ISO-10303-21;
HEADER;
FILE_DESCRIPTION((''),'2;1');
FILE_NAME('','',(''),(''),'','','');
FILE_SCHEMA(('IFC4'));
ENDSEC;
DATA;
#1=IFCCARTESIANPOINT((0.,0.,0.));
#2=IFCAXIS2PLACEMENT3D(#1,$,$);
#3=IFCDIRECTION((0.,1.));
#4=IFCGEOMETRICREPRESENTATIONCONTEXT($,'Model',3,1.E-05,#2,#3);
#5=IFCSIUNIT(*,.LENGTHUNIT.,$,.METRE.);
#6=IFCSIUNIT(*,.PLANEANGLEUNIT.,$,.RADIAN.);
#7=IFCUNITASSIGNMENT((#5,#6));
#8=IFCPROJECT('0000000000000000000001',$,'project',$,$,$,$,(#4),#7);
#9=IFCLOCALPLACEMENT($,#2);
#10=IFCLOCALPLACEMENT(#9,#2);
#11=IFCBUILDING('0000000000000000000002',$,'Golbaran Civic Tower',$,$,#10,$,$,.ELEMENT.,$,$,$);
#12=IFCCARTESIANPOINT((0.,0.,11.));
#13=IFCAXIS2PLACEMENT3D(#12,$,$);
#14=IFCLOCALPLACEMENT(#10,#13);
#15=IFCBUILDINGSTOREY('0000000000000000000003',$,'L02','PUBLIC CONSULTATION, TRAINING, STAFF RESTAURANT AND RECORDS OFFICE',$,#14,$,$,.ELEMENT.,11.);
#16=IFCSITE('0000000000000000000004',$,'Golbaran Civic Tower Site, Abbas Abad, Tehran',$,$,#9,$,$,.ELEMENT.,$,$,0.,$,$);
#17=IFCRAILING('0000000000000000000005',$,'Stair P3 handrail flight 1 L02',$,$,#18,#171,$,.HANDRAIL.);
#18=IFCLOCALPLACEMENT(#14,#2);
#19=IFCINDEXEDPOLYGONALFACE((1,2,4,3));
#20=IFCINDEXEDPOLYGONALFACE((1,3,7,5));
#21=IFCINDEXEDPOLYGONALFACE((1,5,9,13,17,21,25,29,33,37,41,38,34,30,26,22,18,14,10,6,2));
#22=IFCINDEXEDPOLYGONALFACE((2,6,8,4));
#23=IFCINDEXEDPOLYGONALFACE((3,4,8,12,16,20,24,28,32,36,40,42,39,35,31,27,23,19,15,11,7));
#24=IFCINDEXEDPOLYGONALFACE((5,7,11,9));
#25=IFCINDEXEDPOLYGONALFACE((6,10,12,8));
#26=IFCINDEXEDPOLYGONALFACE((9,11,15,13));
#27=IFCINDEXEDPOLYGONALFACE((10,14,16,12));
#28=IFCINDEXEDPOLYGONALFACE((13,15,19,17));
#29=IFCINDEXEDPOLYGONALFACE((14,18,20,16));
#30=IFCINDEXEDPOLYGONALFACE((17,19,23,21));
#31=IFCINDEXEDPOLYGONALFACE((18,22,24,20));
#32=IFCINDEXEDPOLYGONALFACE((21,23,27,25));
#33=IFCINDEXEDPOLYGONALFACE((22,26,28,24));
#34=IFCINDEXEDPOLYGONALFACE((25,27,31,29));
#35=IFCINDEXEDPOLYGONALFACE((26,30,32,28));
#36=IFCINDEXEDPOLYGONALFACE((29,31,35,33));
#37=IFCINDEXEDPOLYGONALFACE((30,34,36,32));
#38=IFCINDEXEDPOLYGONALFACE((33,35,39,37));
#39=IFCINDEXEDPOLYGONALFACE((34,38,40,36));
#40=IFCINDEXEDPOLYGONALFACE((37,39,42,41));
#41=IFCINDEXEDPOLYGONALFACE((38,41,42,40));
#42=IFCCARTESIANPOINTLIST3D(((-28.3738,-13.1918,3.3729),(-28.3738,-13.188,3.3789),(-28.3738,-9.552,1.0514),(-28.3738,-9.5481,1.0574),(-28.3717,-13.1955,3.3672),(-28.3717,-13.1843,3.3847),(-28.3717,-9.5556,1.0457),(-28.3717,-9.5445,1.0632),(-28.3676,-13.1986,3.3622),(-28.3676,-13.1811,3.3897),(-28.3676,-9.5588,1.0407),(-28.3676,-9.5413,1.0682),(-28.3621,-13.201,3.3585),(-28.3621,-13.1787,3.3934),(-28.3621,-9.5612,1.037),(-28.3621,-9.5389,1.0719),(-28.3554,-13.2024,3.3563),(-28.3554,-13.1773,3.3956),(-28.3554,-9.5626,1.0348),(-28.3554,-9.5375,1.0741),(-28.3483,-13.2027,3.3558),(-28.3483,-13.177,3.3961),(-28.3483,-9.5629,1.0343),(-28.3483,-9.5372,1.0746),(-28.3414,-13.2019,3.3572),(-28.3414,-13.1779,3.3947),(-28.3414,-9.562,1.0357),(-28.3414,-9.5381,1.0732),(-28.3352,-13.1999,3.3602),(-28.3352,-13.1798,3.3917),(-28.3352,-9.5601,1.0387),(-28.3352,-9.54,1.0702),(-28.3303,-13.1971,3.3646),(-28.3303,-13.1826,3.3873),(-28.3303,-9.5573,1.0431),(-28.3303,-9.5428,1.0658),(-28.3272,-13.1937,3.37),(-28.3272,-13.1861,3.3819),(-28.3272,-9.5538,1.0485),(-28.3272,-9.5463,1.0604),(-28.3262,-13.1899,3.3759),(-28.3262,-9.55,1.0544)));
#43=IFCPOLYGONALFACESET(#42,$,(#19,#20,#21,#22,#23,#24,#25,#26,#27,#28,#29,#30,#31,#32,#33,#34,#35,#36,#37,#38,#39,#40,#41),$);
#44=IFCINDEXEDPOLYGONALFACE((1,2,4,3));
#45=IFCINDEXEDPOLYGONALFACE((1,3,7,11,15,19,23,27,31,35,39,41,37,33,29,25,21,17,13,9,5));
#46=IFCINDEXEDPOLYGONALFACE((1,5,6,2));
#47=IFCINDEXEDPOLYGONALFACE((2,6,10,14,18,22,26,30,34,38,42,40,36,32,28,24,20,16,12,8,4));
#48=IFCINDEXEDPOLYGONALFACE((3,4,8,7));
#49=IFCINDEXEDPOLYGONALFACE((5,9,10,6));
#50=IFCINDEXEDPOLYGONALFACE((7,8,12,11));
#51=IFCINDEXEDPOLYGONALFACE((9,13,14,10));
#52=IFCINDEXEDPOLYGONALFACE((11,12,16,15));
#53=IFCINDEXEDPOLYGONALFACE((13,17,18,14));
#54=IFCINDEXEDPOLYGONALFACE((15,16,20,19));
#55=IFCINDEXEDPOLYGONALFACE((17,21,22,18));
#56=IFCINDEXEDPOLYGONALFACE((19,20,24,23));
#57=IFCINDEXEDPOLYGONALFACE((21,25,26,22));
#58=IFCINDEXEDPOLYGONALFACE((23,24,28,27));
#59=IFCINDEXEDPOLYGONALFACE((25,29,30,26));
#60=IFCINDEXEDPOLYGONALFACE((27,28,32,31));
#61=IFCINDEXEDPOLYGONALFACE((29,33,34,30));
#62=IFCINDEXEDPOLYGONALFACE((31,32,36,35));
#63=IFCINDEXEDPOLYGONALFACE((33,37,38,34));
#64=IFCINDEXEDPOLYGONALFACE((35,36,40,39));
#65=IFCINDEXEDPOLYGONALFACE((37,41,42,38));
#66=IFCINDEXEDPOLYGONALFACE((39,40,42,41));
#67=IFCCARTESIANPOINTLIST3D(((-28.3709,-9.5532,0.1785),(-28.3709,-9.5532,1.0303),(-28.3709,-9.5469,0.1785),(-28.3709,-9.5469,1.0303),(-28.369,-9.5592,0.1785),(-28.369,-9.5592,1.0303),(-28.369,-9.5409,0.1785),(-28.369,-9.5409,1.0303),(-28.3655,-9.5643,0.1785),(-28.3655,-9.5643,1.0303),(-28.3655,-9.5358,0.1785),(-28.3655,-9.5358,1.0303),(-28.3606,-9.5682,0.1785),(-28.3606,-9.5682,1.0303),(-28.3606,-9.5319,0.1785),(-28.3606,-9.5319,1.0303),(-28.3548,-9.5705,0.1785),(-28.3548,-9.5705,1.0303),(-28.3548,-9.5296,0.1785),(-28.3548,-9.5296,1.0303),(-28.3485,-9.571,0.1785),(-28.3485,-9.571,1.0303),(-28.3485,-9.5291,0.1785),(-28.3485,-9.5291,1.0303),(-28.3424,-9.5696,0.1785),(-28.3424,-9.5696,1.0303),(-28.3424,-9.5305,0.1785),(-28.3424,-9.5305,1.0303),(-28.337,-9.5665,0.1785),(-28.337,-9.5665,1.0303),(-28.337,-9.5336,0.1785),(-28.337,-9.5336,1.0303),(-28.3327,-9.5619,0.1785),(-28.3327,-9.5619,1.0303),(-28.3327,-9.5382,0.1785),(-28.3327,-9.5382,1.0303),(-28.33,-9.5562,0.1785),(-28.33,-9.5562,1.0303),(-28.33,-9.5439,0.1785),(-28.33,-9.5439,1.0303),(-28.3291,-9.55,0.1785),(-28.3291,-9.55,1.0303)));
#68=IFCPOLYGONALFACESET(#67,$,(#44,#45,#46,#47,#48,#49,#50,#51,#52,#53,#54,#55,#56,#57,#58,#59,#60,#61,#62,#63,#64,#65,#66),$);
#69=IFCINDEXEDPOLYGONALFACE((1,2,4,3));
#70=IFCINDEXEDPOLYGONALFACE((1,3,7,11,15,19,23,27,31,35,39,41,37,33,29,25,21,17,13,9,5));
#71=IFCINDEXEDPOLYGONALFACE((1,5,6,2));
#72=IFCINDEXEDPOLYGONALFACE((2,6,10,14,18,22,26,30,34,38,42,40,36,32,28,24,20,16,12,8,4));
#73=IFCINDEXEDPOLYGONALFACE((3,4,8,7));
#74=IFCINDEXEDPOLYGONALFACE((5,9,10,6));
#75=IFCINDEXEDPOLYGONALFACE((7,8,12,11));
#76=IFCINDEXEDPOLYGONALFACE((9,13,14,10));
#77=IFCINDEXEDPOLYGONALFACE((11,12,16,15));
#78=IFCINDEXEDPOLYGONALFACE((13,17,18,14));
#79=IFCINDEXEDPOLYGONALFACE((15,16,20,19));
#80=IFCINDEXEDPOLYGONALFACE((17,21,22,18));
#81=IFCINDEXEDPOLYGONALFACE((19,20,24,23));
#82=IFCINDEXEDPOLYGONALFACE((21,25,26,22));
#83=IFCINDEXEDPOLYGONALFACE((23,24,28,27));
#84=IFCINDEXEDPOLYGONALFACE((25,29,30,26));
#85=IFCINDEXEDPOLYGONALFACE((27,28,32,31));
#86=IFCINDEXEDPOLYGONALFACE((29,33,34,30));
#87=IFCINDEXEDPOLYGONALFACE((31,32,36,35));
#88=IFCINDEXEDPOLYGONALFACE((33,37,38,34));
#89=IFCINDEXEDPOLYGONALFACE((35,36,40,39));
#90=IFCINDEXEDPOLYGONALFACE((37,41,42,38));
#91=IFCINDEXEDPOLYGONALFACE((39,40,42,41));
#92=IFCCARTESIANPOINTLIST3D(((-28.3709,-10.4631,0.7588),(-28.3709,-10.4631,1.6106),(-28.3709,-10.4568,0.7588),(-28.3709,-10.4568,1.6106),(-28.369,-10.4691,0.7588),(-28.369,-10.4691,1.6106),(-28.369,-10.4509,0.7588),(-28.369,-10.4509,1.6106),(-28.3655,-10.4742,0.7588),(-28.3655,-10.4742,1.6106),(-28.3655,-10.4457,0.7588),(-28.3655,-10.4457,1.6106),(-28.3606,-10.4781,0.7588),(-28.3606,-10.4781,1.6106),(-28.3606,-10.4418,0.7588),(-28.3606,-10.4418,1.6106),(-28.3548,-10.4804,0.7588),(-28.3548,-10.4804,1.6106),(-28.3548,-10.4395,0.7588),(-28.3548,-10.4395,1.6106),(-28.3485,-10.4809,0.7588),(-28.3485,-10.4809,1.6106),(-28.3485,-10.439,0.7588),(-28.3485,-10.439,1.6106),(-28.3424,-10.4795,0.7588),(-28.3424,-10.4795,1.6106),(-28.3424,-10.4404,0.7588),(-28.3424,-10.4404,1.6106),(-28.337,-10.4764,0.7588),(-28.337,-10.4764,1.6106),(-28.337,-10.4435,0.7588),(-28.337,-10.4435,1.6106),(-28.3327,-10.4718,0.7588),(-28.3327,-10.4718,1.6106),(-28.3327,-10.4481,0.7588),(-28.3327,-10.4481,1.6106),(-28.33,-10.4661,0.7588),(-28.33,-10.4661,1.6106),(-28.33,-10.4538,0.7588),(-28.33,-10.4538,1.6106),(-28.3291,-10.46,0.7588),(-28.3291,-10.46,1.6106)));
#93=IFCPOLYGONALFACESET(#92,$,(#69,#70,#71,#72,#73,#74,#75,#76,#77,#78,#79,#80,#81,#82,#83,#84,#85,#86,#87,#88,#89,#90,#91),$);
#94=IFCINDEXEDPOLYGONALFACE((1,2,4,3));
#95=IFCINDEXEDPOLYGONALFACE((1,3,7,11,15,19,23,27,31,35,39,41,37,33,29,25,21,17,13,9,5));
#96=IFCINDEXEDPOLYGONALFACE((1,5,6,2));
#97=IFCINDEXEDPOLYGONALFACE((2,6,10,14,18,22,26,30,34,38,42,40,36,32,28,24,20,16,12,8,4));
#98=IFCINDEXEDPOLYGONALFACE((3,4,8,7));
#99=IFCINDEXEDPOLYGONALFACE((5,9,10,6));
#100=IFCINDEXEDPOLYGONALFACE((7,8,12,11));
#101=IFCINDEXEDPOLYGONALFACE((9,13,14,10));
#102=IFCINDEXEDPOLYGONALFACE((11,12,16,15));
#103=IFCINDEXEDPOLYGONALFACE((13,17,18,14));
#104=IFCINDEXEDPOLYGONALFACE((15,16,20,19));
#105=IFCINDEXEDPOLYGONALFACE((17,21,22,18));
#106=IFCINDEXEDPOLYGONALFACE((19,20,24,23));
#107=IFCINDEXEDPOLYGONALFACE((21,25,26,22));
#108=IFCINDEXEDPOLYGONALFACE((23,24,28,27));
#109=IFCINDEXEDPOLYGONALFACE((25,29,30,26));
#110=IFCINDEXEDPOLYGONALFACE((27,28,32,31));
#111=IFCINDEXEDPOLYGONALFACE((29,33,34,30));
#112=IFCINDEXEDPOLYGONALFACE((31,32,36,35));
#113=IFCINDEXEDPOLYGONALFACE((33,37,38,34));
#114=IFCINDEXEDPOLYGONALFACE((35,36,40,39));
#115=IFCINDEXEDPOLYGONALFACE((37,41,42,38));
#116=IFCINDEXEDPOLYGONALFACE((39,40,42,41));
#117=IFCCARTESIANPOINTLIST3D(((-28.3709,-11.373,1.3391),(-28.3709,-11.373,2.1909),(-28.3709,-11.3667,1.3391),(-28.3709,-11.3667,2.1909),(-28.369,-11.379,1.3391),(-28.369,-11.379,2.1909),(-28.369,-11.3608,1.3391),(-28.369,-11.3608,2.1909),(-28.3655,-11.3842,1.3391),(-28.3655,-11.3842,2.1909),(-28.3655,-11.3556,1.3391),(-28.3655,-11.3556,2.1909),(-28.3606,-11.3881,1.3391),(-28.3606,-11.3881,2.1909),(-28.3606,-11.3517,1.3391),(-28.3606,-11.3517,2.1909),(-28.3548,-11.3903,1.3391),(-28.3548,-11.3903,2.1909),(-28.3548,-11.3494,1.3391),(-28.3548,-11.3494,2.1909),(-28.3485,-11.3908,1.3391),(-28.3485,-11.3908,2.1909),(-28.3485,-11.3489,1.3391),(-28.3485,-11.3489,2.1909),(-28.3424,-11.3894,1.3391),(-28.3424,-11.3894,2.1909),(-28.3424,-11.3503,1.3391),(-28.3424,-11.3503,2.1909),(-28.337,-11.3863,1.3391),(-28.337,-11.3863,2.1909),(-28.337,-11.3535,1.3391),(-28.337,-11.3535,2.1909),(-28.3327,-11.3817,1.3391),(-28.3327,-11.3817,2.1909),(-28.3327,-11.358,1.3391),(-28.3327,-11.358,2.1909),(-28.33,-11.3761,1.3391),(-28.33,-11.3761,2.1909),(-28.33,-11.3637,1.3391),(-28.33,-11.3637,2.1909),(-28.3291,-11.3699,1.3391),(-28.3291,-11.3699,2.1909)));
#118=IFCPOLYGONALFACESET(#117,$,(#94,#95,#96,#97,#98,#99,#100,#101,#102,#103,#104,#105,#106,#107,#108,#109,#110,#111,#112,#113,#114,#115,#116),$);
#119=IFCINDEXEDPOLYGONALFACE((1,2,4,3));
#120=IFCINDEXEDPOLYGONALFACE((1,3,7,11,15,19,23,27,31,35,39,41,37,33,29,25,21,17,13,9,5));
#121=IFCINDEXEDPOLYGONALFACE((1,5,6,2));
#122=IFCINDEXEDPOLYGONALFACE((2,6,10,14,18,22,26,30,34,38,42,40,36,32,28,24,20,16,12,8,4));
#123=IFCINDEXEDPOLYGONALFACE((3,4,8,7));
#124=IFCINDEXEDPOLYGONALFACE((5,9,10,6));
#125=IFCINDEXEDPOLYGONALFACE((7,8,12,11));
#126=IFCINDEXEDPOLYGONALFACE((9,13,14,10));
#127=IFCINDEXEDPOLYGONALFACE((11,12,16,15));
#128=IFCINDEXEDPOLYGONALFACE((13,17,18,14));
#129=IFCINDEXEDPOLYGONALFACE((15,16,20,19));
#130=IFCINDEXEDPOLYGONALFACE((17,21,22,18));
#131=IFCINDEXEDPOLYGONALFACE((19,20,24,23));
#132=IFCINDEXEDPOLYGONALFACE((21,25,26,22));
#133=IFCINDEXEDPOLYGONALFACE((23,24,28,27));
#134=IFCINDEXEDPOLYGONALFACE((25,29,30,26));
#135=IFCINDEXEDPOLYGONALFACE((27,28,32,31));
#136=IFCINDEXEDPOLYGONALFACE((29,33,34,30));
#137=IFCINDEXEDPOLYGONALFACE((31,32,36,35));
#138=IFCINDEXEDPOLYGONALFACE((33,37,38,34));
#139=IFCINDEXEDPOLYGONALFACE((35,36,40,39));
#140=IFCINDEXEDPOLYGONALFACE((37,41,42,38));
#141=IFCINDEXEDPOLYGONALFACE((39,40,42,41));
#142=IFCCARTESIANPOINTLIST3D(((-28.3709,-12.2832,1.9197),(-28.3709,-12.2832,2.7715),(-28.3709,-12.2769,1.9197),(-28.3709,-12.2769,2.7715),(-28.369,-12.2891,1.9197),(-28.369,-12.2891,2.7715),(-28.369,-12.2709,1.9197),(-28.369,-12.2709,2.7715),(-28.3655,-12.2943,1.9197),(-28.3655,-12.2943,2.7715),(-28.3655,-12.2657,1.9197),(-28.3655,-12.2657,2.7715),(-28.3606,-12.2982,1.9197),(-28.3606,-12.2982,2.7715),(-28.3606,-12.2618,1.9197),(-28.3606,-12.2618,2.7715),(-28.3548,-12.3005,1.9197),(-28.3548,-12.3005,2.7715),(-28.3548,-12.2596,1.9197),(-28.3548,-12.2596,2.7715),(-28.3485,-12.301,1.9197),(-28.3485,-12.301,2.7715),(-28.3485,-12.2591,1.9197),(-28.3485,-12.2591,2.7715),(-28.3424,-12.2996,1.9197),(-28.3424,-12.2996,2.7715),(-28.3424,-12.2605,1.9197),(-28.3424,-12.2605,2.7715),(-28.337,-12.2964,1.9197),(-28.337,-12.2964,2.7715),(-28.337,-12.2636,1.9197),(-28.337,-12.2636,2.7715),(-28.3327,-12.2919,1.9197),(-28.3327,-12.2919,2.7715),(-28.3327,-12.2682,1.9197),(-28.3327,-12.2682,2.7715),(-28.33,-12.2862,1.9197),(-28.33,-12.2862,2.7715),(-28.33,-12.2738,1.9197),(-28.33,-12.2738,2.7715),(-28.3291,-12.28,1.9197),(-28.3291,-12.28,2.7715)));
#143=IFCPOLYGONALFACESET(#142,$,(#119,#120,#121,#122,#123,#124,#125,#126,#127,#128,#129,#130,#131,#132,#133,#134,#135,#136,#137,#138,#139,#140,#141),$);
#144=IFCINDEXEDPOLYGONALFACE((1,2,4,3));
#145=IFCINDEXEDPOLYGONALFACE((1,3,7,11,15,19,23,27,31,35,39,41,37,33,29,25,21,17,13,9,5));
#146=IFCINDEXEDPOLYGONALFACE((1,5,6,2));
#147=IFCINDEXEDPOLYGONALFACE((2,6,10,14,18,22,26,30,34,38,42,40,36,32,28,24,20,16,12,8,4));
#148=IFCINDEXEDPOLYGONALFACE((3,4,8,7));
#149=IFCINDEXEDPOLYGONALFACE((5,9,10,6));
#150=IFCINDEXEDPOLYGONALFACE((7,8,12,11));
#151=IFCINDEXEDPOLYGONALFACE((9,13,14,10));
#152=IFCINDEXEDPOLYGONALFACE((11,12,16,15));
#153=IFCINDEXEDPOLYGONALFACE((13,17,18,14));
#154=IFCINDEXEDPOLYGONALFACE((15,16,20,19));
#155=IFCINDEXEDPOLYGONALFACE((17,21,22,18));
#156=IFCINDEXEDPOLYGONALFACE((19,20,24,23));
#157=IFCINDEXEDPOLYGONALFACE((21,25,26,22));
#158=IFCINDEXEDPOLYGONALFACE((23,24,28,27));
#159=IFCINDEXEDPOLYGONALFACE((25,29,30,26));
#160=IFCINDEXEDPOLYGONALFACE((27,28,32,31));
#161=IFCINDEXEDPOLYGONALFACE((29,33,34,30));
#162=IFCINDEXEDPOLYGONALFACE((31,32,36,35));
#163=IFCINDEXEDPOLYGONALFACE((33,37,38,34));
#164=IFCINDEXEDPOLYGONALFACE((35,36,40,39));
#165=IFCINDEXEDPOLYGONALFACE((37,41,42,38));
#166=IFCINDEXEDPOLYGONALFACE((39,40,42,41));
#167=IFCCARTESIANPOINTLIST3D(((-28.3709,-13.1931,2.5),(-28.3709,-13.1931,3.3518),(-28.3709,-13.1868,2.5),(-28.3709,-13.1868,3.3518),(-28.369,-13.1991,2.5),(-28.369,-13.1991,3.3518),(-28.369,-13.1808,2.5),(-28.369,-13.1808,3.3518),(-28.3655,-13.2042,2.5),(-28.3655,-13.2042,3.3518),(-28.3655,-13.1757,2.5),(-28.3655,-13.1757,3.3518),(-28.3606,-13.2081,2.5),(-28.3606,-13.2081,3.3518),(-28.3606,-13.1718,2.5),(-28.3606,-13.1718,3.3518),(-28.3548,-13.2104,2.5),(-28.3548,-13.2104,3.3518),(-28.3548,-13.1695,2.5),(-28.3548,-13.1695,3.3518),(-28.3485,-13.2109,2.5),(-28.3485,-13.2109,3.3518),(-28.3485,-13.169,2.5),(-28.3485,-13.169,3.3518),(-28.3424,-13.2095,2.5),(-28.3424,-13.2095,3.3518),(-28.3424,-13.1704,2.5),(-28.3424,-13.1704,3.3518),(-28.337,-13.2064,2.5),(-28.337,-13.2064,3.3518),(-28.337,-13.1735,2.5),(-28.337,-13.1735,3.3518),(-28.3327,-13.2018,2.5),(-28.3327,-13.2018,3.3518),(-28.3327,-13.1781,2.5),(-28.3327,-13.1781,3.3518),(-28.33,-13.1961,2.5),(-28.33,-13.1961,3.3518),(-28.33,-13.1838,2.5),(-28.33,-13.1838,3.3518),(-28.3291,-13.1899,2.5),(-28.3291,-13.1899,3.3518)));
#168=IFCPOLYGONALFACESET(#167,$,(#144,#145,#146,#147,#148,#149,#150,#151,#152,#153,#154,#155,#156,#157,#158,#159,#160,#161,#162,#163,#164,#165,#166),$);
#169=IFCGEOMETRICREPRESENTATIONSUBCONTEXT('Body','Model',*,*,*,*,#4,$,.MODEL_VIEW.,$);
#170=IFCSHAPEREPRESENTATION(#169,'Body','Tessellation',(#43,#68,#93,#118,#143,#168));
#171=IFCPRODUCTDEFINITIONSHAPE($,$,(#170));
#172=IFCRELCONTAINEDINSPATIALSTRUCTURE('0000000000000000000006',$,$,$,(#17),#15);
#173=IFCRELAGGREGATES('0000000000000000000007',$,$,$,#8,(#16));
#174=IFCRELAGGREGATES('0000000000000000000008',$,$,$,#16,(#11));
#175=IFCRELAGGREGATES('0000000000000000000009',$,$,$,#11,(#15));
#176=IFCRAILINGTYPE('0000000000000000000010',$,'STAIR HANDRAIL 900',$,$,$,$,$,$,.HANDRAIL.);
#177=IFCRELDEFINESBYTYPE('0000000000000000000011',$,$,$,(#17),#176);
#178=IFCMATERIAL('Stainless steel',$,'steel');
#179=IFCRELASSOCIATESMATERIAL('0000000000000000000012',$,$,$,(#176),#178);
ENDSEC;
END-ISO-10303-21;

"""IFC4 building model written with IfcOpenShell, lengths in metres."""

from ifc_helpers import new_model, si_unit, direction, frame, origin, origin_2d, place, context, subcontext, project, spatial, circle, extrude, material, type_object, element, save


model = new_model("IFC4")

# Units and contexts
model_context = context("Model", 3, precision=1e-05, world=origin(), true_north=direction((0.0, 1.0)))
body_context = subcontext(model_context, "Body", "Model", "MODEL_VIEW")
ifc_project = project(units=[si_unit("LENGTHUNIT", "METRE"), si_unit("PLANEANGLEUNIT", "RADIAN")], contexts=[model_context])

# Site, building, storey
site_placement = place(None, origin())
site = spatial("IfcSite", under=ifc_project, at=site_placement, Name="Golbaran Civic Tower Site, Abbas Abad, Tehran", CompositionType="ELEMENT", RefElevation=0.0)
building_placement = place(site_placement, origin())
building = spatial("IfcBuilding", under=site, at=building_placement, Name="Golbaran Civic Tower", CompositionType="ELEMENT")
storey_placement = place(building_placement, frame((0.0, 0.0, 11.0)))
storey = spatial("IfcBuildingStorey", under=building, at=storey_placement, Name="L02", Description="PUBLIC CONSULTATION, TRAINING, STAFF RESTAURANT AND RECORDS OFFICE", CompositionType="ELEMENT", Elevation=11.0)

# Railing
ifc_material_1 = material(Name="Stainless steel", Category="steel")
railing_type_1 = type_object("IfcRailingType", Name="STAIR HANDRAIL 900", PredefinedType="HANDRAIL", material=ifc_material_1)
railing_1_placement = place(storey_placement, frame((-28.3501, -9.55, 0.1785)))
element("IfcRailing", 1, at=railing_1_placement, inside=storey, type_object=railing_type_1, Name="Stair P3 handrail flight 1 L02", PredefinedType="HANDRAIL", context=body_context, shape_type="SweptSolid", body=[
    extrude(circle(Radius=0.0239, at=origin_2d()), frame((0.0, 0.0, 0.876), z_axis=(0.0, -0.843112, 0.537739), x_axis=(1.0, 0.0, 0.0)), (0.0, 0.0, 1.0), 4.3171),
    extrude(circle(Radius=0.021, at=origin_2d()), origin(), (0.0, 0.0, 1.0), 0.8518),
    extrude(circle(Radius=0.021, at=origin_2d()), frame((0.0, -0.9099, 0.5803)), (0.0, 0.0, 1.0), 0.8518),
    extrude(circle(Radius=0.021, at=origin_2d()), frame((0.0, -1.8198, 1.1606)), (0.0, 0.0, 1.0), 0.8518),
    extrude(circle(Radius=0.021, at=origin_2d()), frame((0.0, -2.73, 1.7412)), (0.0, 0.0, 1.0), 0.8518),
    extrude(circle(Radius=0.021, at=origin_2d()), frame((0.0, -3.6399, 2.3215)), (0.0, 0.0, 1.0), 0.8518),
])

save(model, "model.ifc")
